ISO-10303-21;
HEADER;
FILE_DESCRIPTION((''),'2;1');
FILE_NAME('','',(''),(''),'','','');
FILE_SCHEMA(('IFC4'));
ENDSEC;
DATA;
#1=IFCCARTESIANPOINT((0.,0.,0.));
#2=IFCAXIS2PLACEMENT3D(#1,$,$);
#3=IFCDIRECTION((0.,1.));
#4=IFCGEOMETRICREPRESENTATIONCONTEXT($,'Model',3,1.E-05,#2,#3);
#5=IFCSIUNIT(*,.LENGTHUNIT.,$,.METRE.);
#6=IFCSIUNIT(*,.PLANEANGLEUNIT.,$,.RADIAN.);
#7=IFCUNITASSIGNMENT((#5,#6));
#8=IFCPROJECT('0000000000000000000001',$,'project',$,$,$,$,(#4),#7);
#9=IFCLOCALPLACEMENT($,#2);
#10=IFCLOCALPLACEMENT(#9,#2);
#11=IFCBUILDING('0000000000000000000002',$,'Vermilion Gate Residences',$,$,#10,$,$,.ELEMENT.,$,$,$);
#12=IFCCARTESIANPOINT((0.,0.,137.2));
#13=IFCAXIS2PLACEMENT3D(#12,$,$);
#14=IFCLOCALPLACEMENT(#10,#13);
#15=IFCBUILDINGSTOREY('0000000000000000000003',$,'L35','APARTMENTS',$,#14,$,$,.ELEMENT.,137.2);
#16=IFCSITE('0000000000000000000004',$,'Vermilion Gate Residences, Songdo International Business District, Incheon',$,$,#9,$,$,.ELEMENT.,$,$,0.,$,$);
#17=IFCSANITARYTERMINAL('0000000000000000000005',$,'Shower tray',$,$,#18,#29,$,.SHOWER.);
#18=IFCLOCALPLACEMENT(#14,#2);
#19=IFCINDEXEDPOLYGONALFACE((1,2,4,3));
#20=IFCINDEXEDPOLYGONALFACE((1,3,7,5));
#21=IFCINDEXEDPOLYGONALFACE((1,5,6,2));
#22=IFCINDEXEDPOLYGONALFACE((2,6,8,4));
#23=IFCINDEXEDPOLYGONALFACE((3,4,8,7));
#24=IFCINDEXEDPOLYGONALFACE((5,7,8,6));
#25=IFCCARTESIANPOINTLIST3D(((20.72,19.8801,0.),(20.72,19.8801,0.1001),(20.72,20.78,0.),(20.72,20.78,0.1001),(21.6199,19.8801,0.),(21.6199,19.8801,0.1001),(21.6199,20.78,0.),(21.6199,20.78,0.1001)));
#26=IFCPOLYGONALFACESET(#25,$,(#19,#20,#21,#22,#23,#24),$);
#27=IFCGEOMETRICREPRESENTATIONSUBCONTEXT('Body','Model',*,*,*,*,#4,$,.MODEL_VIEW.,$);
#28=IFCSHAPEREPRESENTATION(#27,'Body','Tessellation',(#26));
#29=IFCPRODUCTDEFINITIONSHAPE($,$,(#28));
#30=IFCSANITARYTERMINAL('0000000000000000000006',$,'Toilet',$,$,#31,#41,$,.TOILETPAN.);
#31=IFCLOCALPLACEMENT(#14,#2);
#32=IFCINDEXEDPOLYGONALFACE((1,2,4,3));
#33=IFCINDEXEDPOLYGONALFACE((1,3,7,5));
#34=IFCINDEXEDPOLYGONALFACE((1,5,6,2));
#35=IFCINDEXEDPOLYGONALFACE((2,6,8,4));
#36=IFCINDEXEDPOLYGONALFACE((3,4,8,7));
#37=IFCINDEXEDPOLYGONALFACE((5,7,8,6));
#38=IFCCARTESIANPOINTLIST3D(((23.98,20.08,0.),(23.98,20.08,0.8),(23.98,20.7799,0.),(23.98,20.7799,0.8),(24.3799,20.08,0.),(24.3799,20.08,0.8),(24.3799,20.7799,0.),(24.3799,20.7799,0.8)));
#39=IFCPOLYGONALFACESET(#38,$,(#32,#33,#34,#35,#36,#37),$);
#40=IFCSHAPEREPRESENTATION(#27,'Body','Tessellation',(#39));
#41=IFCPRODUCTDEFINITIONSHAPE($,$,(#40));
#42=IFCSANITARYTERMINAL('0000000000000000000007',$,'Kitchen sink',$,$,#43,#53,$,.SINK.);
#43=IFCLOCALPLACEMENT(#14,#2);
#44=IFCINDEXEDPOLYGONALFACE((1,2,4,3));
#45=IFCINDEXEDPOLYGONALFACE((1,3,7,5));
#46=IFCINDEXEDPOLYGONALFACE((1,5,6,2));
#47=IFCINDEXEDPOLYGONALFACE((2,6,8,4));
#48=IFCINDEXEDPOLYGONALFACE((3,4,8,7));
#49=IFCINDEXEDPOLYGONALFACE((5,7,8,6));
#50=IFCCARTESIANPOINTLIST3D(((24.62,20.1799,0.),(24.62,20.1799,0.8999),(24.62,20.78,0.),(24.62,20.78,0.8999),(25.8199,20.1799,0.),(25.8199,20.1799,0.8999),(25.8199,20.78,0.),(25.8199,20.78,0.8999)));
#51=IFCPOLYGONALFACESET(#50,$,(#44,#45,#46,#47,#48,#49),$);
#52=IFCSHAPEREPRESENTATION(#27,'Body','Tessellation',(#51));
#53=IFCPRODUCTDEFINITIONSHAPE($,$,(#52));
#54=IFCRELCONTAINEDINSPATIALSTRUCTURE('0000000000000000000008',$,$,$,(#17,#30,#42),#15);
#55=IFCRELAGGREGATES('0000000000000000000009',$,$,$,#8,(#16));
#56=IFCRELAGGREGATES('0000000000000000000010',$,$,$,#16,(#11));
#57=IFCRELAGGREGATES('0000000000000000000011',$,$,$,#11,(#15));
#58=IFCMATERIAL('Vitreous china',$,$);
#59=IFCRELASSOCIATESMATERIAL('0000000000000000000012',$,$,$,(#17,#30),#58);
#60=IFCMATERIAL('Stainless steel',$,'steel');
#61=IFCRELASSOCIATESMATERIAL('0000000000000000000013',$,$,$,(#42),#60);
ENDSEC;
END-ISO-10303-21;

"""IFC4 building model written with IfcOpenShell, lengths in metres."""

from ifc_helpers import new_model, si_unit, direction, frame, origin, origin_2d, place, context, subcontext, project, spatial, rectangle, extrude, material, element, save


model = new_model("IFC4")

# Units and contexts
model_context = context("Model", 3, precision=1e-05, world=origin(), true_north=direction((0.0, 1.0)))
body_context = subcontext(model_context, "Body", "Model", "MODEL_VIEW")
ifc_project = project(units=[si_unit("LENGTHUNIT", "METRE"), si_unit("PLANEANGLEUNIT", "RADIAN")], contexts=[model_context])

# Site, building, storey
site_placement = place(None, origin())
site = spatial("IfcSite", under=ifc_project, at=site_placement, Name="Vermilion Gate Residences, Songdo International Business District, Incheon", CompositionType="ELEMENT", RefElevation=0.0)
building_placement = place(site_placement, origin())
building = spatial("IfcBuilding", under=site, at=building_placement, Name="Vermilion Gate Residences", CompositionType="ELEMENT")
storey_placement = place(building_placement, frame((0.0, 0.0, 137.2)))
storey = spatial("IfcBuildingStorey", under=building, at=storey_placement, Name="L35", Description="APARTMENTS", CompositionType="ELEMENT", Elevation=137.2)

# Sanitary terminals
ifc_material_1 = material(Name="Vitreous china")
sanitary_terminal_1_placement = place(storey_placement, frame((21.1699, 20.3301, 0.0), z_axis=(0.0, 0.0, 1.0), x_axis=(1.0, 0.0, 0.0)))
element("IfcSanitaryTerminal", 1, at=sanitary_terminal_1_placement, inside=storey, material=ifc_material_1, Name="Shower tray", PredefinedType="SHOWER", context=body_context, shape_type="SweptSolid", body=[
    extrude(rectangle(XDim=0.8999, YDim=0.8999, at=origin_2d()), origin(), (0.0, 0.0, 1.0), 0.1001),
])
sanitary_terminal_2_placement = place(storey_placement, frame((24.1799, 20.4299, 0.0), z_axis=(0.0, 0.0, 1.0), x_axis=(1.0, 0.0, 0.0)))
element("IfcSanitaryTerminal", 2, at=sanitary_terminal_2_placement, inside=storey, material=ifc_material_1, Name="Toilet", PredefinedType="TOILETPAN", context=body_context, shape_type="SweptSolid", body=[
    extrude(rectangle(XDim=0.3999, YDim=0.7, at=origin_2d()), origin(), (0.0, 0.0, 1.0), 0.8),
])
ifc_material_2 = material(Name="Stainless steel", Category="steel")
sanitary_terminal_3_placement = place(storey_placement, frame((25.22, 20.48, 0.0), z_axis=(0.0, 0.0, 1.0), x_axis=(1.0, 0.0, 0.0)))
element("IfcSanitaryTerminal", 3, at=sanitary_terminal_3_placement, inside=storey, material=ifc_material_2, Name="Kitchen sink", PredefinedType="SINK", context=body_context, shape_type="SweptSolid", body=[
    extrude(rectangle(XDim=1.2, YDim=0.6001, at=origin_2d()), origin(), (0.0, 0.0, 1.0), 0.8999),
])

save(model, "model.ifc")
